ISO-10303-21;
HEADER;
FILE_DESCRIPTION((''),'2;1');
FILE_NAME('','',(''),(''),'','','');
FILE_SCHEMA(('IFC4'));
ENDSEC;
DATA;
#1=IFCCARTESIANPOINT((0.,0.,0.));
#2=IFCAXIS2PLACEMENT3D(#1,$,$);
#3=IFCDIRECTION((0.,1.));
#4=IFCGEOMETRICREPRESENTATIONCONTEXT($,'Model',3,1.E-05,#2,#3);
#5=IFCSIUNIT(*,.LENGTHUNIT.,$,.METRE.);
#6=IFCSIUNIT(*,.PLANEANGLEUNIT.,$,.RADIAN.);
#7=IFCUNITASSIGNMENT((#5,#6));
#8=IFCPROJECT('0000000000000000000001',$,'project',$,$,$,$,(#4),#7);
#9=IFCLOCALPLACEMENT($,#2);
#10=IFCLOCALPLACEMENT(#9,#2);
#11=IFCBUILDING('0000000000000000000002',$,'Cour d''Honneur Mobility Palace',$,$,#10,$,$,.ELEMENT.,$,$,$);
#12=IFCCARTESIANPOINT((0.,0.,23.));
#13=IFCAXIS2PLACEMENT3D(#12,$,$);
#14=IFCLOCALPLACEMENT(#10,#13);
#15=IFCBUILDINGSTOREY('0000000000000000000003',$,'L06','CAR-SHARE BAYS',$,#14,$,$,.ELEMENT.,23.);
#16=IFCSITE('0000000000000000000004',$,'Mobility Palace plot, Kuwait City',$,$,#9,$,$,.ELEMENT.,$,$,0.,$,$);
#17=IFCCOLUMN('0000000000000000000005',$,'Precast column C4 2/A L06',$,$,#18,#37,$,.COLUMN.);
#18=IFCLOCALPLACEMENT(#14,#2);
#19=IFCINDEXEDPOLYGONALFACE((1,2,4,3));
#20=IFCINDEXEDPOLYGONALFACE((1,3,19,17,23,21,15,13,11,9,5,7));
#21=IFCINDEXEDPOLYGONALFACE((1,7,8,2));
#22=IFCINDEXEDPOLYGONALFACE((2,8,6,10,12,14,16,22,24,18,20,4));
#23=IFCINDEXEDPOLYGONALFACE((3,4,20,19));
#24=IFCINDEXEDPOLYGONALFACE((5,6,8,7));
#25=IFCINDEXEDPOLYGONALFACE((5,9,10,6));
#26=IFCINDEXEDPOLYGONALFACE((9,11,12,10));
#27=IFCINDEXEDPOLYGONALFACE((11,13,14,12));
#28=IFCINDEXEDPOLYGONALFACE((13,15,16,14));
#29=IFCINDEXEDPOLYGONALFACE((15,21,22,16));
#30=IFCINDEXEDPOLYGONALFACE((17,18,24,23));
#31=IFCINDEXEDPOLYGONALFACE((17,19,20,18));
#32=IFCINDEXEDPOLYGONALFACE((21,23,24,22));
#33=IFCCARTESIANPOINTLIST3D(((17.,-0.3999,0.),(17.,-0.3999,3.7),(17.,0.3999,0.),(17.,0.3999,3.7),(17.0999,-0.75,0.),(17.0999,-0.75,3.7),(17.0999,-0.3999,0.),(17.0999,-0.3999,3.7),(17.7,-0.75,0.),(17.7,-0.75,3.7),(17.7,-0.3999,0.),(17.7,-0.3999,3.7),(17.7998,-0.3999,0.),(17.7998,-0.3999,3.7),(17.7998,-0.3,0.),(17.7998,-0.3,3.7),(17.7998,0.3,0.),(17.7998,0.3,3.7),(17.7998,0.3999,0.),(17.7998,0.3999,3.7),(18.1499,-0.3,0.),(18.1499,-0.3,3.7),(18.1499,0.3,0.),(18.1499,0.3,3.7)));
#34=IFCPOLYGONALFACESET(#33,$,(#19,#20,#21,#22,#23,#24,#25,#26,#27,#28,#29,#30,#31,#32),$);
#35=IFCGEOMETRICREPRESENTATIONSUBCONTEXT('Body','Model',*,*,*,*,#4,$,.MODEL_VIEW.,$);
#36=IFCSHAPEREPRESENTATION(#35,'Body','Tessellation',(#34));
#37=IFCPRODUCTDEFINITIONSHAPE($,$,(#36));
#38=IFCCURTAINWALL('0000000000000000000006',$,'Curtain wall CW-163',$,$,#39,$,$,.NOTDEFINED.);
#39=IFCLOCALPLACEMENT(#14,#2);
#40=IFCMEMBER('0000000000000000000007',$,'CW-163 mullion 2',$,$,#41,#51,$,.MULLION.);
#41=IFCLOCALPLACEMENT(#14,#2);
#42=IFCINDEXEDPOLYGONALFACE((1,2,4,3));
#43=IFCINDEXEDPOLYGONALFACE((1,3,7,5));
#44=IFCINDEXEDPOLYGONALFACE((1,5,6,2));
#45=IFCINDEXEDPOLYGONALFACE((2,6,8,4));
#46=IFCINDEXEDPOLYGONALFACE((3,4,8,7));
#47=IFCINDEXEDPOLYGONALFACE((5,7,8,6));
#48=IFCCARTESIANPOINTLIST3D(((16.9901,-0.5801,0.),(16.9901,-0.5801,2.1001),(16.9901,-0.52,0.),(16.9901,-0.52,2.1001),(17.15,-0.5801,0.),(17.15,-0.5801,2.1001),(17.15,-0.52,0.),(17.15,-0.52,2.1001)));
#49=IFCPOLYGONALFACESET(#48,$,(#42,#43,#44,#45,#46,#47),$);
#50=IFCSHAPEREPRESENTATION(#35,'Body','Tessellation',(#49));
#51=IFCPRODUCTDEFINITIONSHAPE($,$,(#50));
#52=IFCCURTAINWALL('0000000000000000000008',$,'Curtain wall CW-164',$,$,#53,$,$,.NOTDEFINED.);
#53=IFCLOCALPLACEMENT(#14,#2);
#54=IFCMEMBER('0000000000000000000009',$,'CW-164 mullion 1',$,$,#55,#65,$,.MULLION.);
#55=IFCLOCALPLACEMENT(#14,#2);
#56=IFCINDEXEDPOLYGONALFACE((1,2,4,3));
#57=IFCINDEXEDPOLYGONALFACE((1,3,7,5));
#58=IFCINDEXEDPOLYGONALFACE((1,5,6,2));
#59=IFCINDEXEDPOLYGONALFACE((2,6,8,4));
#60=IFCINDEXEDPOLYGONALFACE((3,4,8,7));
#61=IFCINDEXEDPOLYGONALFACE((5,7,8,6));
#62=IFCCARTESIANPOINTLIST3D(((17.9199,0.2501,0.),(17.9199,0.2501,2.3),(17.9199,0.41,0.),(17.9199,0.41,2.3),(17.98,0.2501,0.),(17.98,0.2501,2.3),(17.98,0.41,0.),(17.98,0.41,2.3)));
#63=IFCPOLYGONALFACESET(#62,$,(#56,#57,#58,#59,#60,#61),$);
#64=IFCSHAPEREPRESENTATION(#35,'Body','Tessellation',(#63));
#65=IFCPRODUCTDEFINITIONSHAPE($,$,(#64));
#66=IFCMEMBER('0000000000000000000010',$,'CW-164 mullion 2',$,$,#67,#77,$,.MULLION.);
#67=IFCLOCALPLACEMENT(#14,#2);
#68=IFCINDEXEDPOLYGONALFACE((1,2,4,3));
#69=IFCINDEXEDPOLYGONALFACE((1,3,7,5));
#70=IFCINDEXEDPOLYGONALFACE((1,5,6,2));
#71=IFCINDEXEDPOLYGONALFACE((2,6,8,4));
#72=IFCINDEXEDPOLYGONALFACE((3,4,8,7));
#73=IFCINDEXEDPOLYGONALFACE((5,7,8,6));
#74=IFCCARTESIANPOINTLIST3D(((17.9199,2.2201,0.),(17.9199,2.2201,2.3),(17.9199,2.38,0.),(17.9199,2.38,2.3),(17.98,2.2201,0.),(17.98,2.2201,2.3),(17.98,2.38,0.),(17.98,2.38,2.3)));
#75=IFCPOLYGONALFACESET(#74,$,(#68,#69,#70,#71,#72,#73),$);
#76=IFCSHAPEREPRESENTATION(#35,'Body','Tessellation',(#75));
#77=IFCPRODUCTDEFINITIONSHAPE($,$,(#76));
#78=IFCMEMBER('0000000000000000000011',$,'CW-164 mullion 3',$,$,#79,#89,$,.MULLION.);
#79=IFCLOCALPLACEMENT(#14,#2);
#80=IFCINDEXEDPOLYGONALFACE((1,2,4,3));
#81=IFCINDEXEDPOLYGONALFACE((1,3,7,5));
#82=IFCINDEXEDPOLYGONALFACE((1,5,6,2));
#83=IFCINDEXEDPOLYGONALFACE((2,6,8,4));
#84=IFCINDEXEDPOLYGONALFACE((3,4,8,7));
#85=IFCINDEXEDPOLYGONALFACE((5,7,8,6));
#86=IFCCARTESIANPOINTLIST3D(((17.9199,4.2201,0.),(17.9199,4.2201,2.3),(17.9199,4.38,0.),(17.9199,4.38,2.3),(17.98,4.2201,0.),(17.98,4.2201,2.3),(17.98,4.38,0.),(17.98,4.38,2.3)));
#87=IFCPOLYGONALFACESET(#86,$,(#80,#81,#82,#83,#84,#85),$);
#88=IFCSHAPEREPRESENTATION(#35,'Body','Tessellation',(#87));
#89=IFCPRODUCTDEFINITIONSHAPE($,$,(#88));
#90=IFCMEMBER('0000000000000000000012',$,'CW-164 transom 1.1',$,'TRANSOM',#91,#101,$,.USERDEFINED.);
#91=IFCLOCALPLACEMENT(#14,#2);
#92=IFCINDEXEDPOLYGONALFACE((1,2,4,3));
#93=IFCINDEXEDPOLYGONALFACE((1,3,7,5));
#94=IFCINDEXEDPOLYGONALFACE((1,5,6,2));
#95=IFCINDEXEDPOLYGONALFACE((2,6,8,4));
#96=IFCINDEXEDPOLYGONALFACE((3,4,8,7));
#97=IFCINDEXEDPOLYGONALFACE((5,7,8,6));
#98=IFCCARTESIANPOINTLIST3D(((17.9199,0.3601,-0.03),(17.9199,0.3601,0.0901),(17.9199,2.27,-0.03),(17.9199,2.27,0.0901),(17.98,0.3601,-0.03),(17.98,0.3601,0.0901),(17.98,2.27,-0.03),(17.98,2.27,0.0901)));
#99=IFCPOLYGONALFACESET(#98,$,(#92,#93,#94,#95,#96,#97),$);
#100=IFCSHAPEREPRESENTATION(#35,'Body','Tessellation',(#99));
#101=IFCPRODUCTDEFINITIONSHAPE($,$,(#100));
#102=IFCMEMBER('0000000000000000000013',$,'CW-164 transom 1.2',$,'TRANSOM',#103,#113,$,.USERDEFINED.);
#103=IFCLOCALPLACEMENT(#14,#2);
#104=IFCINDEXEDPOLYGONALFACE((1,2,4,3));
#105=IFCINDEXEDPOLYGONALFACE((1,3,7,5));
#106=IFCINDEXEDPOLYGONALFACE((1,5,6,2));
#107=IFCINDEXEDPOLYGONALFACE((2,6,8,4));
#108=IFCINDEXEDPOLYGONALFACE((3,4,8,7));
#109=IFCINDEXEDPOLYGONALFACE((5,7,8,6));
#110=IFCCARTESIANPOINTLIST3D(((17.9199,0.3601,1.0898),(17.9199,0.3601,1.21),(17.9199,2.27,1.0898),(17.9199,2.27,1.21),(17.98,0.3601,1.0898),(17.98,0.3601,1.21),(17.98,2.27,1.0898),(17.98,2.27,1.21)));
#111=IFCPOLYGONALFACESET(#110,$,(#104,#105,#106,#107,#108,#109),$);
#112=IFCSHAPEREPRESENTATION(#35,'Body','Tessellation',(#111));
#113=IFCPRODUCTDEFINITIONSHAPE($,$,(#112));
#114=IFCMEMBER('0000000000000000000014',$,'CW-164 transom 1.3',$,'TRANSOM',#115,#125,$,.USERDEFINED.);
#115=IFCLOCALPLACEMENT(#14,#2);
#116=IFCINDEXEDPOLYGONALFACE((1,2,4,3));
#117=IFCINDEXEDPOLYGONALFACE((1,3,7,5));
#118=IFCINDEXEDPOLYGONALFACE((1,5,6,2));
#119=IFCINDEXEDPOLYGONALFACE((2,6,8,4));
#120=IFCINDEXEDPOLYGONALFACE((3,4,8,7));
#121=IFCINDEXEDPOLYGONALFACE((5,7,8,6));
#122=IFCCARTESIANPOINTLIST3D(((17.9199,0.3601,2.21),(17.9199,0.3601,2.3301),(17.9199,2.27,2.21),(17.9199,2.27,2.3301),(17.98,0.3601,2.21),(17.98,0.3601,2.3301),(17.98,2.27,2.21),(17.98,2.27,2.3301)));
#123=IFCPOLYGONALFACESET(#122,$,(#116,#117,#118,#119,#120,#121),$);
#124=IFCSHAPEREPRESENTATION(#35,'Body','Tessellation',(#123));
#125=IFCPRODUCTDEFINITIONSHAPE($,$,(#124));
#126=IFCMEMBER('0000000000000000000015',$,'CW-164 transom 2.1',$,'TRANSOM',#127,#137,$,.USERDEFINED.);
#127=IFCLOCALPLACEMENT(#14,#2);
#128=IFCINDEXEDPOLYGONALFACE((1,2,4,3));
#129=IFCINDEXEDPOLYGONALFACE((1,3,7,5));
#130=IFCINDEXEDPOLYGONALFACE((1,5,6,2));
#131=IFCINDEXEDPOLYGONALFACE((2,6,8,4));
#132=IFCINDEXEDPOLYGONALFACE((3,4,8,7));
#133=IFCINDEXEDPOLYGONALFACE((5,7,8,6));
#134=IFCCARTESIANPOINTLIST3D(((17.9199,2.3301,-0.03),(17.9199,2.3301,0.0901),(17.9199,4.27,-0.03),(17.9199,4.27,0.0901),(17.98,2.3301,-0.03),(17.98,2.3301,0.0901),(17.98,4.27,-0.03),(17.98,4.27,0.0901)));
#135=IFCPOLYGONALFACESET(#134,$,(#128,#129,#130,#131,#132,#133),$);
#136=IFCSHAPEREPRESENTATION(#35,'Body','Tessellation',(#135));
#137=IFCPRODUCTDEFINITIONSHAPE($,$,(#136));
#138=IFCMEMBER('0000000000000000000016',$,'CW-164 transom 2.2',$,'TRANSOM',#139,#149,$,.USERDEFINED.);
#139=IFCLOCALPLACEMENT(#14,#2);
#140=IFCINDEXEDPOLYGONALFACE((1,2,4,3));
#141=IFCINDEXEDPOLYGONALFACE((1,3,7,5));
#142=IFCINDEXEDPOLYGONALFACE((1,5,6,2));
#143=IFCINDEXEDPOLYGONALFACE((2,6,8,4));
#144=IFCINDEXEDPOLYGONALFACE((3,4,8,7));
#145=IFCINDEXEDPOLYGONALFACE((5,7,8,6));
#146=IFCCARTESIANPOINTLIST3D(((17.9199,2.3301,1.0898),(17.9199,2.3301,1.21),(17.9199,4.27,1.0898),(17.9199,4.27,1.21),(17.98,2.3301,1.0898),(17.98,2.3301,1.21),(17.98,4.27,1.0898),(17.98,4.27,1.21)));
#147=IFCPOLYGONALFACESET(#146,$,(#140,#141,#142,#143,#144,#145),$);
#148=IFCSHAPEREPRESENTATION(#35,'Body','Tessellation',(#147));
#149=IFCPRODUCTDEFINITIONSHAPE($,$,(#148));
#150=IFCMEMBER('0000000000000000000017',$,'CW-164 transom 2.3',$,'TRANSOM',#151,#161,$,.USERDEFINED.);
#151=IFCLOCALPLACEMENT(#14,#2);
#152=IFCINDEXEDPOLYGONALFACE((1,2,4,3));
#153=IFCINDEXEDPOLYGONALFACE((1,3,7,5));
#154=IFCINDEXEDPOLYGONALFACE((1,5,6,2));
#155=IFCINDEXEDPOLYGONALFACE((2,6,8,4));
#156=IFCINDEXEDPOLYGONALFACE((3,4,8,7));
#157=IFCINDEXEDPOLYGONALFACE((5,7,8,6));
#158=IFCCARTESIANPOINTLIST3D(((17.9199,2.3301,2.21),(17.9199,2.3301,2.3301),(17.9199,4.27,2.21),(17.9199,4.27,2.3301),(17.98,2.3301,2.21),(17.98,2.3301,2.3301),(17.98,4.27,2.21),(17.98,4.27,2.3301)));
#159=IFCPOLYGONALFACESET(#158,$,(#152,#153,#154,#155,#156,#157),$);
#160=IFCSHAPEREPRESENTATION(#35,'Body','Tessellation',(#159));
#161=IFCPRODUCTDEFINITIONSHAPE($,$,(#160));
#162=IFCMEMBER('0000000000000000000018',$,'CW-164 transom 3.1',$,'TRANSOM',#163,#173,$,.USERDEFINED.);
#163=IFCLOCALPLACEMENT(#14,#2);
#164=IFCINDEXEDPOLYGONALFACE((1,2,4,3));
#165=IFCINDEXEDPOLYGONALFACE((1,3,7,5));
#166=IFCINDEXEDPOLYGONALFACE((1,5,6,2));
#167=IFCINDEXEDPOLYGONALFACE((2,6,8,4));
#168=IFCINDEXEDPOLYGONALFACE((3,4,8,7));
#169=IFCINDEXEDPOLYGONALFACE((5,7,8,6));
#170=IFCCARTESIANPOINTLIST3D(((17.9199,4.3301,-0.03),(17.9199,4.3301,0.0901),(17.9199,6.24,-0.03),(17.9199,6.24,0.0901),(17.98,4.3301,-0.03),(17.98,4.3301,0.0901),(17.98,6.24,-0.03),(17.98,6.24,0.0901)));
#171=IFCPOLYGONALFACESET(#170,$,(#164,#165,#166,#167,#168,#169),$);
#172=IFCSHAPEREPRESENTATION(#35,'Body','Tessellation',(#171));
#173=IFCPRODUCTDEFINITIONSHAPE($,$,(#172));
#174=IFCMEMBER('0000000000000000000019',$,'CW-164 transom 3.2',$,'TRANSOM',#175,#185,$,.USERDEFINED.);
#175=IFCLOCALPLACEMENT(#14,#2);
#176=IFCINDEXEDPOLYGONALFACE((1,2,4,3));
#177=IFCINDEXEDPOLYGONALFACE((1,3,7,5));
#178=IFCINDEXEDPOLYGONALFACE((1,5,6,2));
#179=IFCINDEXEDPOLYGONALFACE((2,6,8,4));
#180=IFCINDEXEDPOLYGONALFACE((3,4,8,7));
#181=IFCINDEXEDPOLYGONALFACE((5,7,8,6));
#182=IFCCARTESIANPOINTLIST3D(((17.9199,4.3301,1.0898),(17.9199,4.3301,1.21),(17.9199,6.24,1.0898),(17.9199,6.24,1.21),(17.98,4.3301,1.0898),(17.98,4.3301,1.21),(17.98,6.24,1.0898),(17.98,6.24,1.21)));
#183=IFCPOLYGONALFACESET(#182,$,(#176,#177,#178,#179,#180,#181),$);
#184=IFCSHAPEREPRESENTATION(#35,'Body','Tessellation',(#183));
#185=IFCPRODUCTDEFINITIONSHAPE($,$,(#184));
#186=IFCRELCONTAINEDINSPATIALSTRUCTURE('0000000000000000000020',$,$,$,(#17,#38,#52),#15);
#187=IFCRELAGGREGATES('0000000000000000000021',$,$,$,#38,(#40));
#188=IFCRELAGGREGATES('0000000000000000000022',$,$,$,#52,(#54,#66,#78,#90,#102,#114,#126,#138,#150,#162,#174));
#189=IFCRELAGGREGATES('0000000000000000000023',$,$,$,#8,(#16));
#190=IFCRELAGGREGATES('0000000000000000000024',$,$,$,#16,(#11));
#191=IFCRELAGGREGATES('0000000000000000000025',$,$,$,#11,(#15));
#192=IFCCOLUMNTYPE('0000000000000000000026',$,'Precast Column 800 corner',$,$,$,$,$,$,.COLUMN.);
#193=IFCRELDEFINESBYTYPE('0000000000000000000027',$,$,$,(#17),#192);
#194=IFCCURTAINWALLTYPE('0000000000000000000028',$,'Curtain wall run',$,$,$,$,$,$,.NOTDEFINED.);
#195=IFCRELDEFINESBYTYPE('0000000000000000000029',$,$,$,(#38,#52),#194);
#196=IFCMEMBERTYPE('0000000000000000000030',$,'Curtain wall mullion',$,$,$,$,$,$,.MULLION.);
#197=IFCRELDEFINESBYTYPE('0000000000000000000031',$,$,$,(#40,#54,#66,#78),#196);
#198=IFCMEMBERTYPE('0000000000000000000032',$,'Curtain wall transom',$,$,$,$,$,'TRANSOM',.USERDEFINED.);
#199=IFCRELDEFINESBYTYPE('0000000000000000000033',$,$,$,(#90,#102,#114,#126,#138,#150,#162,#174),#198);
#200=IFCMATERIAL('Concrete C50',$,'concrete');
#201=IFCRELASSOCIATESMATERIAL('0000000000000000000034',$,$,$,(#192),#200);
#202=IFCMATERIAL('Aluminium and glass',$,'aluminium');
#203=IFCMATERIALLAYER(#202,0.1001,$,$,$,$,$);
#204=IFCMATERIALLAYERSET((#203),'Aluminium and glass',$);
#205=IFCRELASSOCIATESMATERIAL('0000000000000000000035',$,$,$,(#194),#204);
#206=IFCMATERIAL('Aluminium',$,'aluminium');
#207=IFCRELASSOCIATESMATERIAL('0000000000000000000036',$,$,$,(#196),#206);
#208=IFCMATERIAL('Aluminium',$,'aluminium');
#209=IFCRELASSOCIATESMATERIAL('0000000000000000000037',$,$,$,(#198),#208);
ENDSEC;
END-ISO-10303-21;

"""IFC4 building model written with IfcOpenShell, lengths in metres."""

from ifc_helpers import new_model, si_unit, direction, frame, origin, origin_2d, place, context, subcontext, project, spatial, polyline, rectangle, outline, extrude, material, layer, layer_set, material_profile, profile_set, type_object, element, aggregate, save


model = new_model("IFC4")

# Units and contexts
model_context = context("Model", 3, precision=1e-05, world=origin(), true_north=direction((0.0, 1.0)))
body_context = subcontext(model_context, "Body", "Model", "MODEL_VIEW")
ifc_project = project(units=[si_unit("LENGTHUNIT", "METRE"), si_unit("PLANEANGLEUNIT", "RADIAN")], contexts=[model_context])

# Site, building, storey
site_placement = place(None, origin())
site = spatial("IfcSite", under=ifc_project, at=site_placement, Name="Mobility Palace plot, Kuwait City", CompositionType="ELEMENT", RefElevation=0.0)
building_placement = place(site_placement, origin())
building = spatial("IfcBuilding", under=site, at=building_placement, Name="Cour d'Honneur Mobility Palace", CompositionType="ELEMENT")
storey_placement = place(building_placement, frame((0.0, 0.0, 23.0)))
storey = spatial("IfcBuildingStorey", under=building, at=storey_placement, Name="L06", Description="CAR-SHARE BAYS", CompositionType="ELEMENT", Elevation=23.0)

# Column
ifc_material_1 = material(Name="Concrete C50", Category="concrete")
ifc_material_profile_1 = material_profile(ifc_material_1, outline(polyline([(-0.3999, -0.3999), (0.3999, -0.3999), (0.3999, -0.3), (0.75, -0.3), (0.75, 0.3), (0.3999, 0.3), (0.3999, 0.3999), (0.3, 0.3999), (0.3, 0.75), (-0.3, 0.75), (-0.3, 0.3999), (-0.3999, 0.3999), (-0.3999, -0.3999)])), Name="PC C800 corner")
ifc_profile_set_1 = profile_set([ifc_material_profile_1], Name="Concrete C50")
column_type = type_object("IfcColumnType", Name="Precast Column 800 corner", PredefinedType="COLUMN", material=ifc_profile_set_1)
column_placement = place(storey_placement, frame((17.3999, 0.0, 0.0), z_axis=(0.0, 0.0, 1.0), x_axis=(0.0, -1.0, 0.0)))
element("IfcColumn", 1, at=column_placement, inside=storey, type_object=column_type, Name="Precast column C4 2/A L06", PredefinedType="COLUMN", context=body_context, shape_type="SweptSolid", body=[
    extrude(outline(polyline([(-0.3999, -0.3999), (0.3999, -0.3999), (0.3999, -0.3), (0.75, -0.3), (0.75, 0.3), (0.3999, 0.3), (0.3999, 0.3999), (0.3, 0.3999), (0.3, 0.75), (-0.3, 0.75), (-0.3, 0.3999), (-0.3999, 0.3999), (-0.3999, -0.3999)])), origin(), (0.0, 0.0, 1.0), 3.7),
])

# Curtain wall, member
ifc_material_2 = material(Name="Aluminium and glass", Category="aluminium")
ifc_layer_1 = layer(ifc_material_2, 0.1001)
ifc_layer_set_1 = layer_set([ifc_layer_1], Name="Aluminium and glass")
curtain_wall_type = type_object("IfcCurtainWallType", Name="Curtain wall run", PredefinedType="NOTDEFINED", material=ifc_layer_set_1)
curtain_wall_1_placement = place(storey_placement, origin())
curtain_wall_1 = element("IfcCurtainWall", 2, at=curtain_wall_1_placement, inside=storey, type_object=curtain_wall_type, Name="Curtain wall CW-163", PredefinedType="NOTDEFINED")
ifc_material_3 = material(Name="Aluminium", Category="aluminium")
ifc_material_profile_2 = material_profile(ifc_material_3, rectangle(XDim=0.0601, YDim=0.1599, at=origin_2d()), Name="Curtain wall mullion")
ifc_profile_set_2 = profile_set([ifc_material_profile_2], Name="Aluminium")
member_type_1 = type_object("IfcMemberType", Name="Curtain wall mullion", PredefinedType="MULLION", material=ifc_profile_set_2)
member_1_placement = place(storey_placement, frame((17.0701, -0.55, 0.0), z_axis=(0.0, 0.0, 1.0), x_axis=(0.0, 1.0, 0.0)))
member_1 = element("IfcMember", 3, at=member_1_placement, type_object=member_type_1, Name="CW-163 mullion 2", PredefinedType="MULLION", context=body_context, shape_type="SweptSolid", body=[
    extrude(rectangle(XDim=0.0601, YDim=0.1599, at=origin_2d()), origin(), (0.0, 0.0, 1.0), 2.1001),
])
aggregate(curtain_wall_1, [member_1])

# Curtain wall, members
curtain_wall_2_placement = place(storey_placement, origin())
curtain_wall_2 = element("IfcCurtainWall", 4, at=curtain_wall_2_placement, inside=storey, type_object=curtain_wall_type, Name="Curtain wall CW-164", PredefinedType="NOTDEFINED")
member_2_placement = place(storey_placement, frame((17.95, 0.3301, 0.0), z_axis=(0.0, 0.0, 1.0), x_axis=(-1.0, 0.0, 0.0)))
member_2 = element("IfcMember", 5, at=member_2_placement, type_object=member_type_1, Name="CW-164 mullion 1", PredefinedType="MULLION", context=body_context, shape_type="SweptSolid", body=[
    extrude(rectangle(XDim=0.0601, YDim=0.1599, at=origin_2d()), origin(), (0.0, 0.0, 1.0), 2.3),
])
member_3_placement = place(storey_placement, frame((17.95, 2.3, 0.0), z_axis=(0.0, 0.0, 1.0), x_axis=(-1.0, 0.0, 0.0)))
member_3 = element("IfcMember", 6, at=member_3_placement, type_object=member_type_1, Name="CW-164 mullion 2", PredefinedType="MULLION", context=body_context, shape_type="SweptSolid", body=[
    extrude(rectangle(XDim=0.0601, YDim=0.1599, at=origin_2d()), origin(), (0.0, 0.0, 1.0), 2.3),
])
member_4_placement = place(storey_placement, frame((17.95, 4.3, 0.0), z_axis=(0.0, 0.0, 1.0), x_axis=(-1.0, 0.0, 0.0)))
member_4 = element("IfcMember", 7, at=member_4_placement, type_object=member_type_1, Name="CW-164 mullion 3", PredefinedType="MULLION", context=body_context, shape_type="SweptSolid", body=[
    extrude(rectangle(XDim=0.0601, YDim=0.1599, at=origin_2d()), origin(), (0.0, 0.0, 1.0), 2.3),
])
ifc_material_4 = material(Name="Aluminium", Category="aluminium")
ifc_material_profile_3 = material_profile(ifc_material_4, rectangle(XDim=0.0601, YDim=0.1201, at=origin_2d()), Name="Curtain wall transom")
ifc_profile_set_3 = profile_set([ifc_material_profile_3], Name="Aluminium")
member_type_2 = type_object("IfcMemberType", Name="Curtain wall transom", ElementType="TRANSOM", PredefinedType="USERDEFINED", material=ifc_profile_set_3)
member_5_placement = place(storey_placement, frame((17.95, 0.3601, 0.03), z_axis=(0.0, 1.0, 0.0), x_axis=(-1.0, 0.0, 0.0)))
member_5 = element("IfcMember", 8, at=member_5_placement, type_object=member_type_2, Name="CW-164 transom 1.1", ObjectType="TRANSOM", PredefinedType="USERDEFINED", context=body_context, shape_type="SweptSolid", body=[
    extrude(rectangle(XDim=0.0601, YDim=0.1201, at=origin_2d()), origin(), (0.0, 0.0, 1.0), 1.9099),
])
member_6_placement = place(storey_placement, frame((17.95, 0.3601, 1.1499), z_axis=(0.0, 1.0, 0.0), x_axis=(-1.0, 0.0, 0.0)))
member_6 = element("IfcMember", 9, at=member_6_placement, type_object=member_type_2, Name="CW-164 transom 1.2", ObjectType="TRANSOM", PredefinedType="USERDEFINED", context=body_context, shape_type="SweptSolid", body=[
    extrude(rectangle(XDim=0.0601, YDim=0.1201, at=origin_2d()), origin(), (0.0, 0.0, 1.0), 1.9099),
])
member_7_placement = place(storey_placement, frame((17.95, 0.3601, 2.27), z_axis=(0.0, 1.0, 0.0), x_axis=(-1.0, 0.0, 0.0)))
member_7 = element("IfcMember", 10, at=member_7_placement, type_object=member_type_2, Name="CW-164 transom 1.3", ObjectType="TRANSOM", PredefinedType="USERDEFINED", context=body_context, shape_type="SweptSolid", body=[
    extrude(rectangle(XDim=0.0601, YDim=0.1201, at=origin_2d()), origin(), (0.0, 0.0, 1.0), 1.9099),
])
member_8_placement = place(storey_placement, frame((17.95, 2.3301, 0.03), z_axis=(0.0, 1.0, 0.0), x_axis=(-1.0, 0.0, 0.0)))
member_8 = element("IfcMember", 11, at=member_8_placement, type_object=member_type_2, Name="CW-164 transom 2.1", ObjectType="TRANSOM", PredefinedType="USERDEFINED", context=body_context, shape_type="SweptSolid", body=[
    extrude(rectangle(XDim=0.0601, YDim=0.1201, at=origin_2d()), origin(), (0.0, 0.0, 1.0), 1.9399),
])
member_9_placement = place(storey_placement, frame((17.95, 2.3301, 1.1499), z_axis=(0.0, 1.0, 0.0), x_axis=(-1.0, 0.0, 0.0)))
member_9 = element("IfcMember", 12, at=member_9_placement, type_object=member_type_2, Name="CW-164 transom 2.2", ObjectType="TRANSOM", PredefinedType="USERDEFINED", context=body_context, shape_type="SweptSolid", body=[
    extrude(rectangle(XDim=0.0601, YDim=0.1201, at=origin_2d()), origin(), (0.0, 0.0, 1.0), 1.9399),
])
member_10_placement = place(storey_placement, frame((17.95, 2.3301, 2.27), z_axis=(0.0, 1.0, 0.0), x_axis=(-1.0, 0.0, 0.0)))
member_10 = element("IfcMember", 13, at=member_10_placement, type_object=member_type_2, Name="CW-164 transom 2.3", ObjectType="TRANSOM", PredefinedType="USERDEFINED", context=body_context, shape_type="SweptSolid", body=[
    extrude(rectangle(XDim=0.0601, YDim=0.1201, at=origin_2d()), origin(), (0.0, 0.0, 1.0), 1.9399),
])
member_11_placement = place(storey_placement, frame((17.95, 4.3301, 0.03), z_axis=(0.0, 1.0, 0.0), x_axis=(-1.0, 0.0, 0.0)))
member_11 = element("IfcMember", 14, at=member_11_placement, type_object=member_type_2, Name="CW-164 transom 3.1", ObjectType="TRANSOM", PredefinedType="USERDEFINED", context=body_context, shape_type="SweptSolid", body=[
    extrude(rectangle(XDim=0.0601, YDim=0.1201, at=origin_2d()), origin(), (0.0, 0.0, 1.0), 1.9099),
])
member_12_placement = place(storey_placement, frame((17.95, 4.3301, 1.1499), z_axis=(0.0, 1.0, 0.0), x_axis=(-1.0, 0.0, 0.0)))
member_12 = element("IfcMember", 15, at=member_12_placement, type_object=member_type_2, Name="CW-164 transom 3.2", ObjectType="TRANSOM", PredefinedType="USERDEFINED", context=body_context, shape_type="SweptSolid", body=[
    extrude(rectangle(XDim=0.0601, YDim=0.1201, at=origin_2d()), origin(), (0.0, 0.0, 1.0), 1.9099),
])

aggregate(curtain_wall_2, [member_2, member_3, member_4, member_5, member_6, member_7, member_8, member_9, member_10, member_11, member_12])

save(model, "model.ifc")
